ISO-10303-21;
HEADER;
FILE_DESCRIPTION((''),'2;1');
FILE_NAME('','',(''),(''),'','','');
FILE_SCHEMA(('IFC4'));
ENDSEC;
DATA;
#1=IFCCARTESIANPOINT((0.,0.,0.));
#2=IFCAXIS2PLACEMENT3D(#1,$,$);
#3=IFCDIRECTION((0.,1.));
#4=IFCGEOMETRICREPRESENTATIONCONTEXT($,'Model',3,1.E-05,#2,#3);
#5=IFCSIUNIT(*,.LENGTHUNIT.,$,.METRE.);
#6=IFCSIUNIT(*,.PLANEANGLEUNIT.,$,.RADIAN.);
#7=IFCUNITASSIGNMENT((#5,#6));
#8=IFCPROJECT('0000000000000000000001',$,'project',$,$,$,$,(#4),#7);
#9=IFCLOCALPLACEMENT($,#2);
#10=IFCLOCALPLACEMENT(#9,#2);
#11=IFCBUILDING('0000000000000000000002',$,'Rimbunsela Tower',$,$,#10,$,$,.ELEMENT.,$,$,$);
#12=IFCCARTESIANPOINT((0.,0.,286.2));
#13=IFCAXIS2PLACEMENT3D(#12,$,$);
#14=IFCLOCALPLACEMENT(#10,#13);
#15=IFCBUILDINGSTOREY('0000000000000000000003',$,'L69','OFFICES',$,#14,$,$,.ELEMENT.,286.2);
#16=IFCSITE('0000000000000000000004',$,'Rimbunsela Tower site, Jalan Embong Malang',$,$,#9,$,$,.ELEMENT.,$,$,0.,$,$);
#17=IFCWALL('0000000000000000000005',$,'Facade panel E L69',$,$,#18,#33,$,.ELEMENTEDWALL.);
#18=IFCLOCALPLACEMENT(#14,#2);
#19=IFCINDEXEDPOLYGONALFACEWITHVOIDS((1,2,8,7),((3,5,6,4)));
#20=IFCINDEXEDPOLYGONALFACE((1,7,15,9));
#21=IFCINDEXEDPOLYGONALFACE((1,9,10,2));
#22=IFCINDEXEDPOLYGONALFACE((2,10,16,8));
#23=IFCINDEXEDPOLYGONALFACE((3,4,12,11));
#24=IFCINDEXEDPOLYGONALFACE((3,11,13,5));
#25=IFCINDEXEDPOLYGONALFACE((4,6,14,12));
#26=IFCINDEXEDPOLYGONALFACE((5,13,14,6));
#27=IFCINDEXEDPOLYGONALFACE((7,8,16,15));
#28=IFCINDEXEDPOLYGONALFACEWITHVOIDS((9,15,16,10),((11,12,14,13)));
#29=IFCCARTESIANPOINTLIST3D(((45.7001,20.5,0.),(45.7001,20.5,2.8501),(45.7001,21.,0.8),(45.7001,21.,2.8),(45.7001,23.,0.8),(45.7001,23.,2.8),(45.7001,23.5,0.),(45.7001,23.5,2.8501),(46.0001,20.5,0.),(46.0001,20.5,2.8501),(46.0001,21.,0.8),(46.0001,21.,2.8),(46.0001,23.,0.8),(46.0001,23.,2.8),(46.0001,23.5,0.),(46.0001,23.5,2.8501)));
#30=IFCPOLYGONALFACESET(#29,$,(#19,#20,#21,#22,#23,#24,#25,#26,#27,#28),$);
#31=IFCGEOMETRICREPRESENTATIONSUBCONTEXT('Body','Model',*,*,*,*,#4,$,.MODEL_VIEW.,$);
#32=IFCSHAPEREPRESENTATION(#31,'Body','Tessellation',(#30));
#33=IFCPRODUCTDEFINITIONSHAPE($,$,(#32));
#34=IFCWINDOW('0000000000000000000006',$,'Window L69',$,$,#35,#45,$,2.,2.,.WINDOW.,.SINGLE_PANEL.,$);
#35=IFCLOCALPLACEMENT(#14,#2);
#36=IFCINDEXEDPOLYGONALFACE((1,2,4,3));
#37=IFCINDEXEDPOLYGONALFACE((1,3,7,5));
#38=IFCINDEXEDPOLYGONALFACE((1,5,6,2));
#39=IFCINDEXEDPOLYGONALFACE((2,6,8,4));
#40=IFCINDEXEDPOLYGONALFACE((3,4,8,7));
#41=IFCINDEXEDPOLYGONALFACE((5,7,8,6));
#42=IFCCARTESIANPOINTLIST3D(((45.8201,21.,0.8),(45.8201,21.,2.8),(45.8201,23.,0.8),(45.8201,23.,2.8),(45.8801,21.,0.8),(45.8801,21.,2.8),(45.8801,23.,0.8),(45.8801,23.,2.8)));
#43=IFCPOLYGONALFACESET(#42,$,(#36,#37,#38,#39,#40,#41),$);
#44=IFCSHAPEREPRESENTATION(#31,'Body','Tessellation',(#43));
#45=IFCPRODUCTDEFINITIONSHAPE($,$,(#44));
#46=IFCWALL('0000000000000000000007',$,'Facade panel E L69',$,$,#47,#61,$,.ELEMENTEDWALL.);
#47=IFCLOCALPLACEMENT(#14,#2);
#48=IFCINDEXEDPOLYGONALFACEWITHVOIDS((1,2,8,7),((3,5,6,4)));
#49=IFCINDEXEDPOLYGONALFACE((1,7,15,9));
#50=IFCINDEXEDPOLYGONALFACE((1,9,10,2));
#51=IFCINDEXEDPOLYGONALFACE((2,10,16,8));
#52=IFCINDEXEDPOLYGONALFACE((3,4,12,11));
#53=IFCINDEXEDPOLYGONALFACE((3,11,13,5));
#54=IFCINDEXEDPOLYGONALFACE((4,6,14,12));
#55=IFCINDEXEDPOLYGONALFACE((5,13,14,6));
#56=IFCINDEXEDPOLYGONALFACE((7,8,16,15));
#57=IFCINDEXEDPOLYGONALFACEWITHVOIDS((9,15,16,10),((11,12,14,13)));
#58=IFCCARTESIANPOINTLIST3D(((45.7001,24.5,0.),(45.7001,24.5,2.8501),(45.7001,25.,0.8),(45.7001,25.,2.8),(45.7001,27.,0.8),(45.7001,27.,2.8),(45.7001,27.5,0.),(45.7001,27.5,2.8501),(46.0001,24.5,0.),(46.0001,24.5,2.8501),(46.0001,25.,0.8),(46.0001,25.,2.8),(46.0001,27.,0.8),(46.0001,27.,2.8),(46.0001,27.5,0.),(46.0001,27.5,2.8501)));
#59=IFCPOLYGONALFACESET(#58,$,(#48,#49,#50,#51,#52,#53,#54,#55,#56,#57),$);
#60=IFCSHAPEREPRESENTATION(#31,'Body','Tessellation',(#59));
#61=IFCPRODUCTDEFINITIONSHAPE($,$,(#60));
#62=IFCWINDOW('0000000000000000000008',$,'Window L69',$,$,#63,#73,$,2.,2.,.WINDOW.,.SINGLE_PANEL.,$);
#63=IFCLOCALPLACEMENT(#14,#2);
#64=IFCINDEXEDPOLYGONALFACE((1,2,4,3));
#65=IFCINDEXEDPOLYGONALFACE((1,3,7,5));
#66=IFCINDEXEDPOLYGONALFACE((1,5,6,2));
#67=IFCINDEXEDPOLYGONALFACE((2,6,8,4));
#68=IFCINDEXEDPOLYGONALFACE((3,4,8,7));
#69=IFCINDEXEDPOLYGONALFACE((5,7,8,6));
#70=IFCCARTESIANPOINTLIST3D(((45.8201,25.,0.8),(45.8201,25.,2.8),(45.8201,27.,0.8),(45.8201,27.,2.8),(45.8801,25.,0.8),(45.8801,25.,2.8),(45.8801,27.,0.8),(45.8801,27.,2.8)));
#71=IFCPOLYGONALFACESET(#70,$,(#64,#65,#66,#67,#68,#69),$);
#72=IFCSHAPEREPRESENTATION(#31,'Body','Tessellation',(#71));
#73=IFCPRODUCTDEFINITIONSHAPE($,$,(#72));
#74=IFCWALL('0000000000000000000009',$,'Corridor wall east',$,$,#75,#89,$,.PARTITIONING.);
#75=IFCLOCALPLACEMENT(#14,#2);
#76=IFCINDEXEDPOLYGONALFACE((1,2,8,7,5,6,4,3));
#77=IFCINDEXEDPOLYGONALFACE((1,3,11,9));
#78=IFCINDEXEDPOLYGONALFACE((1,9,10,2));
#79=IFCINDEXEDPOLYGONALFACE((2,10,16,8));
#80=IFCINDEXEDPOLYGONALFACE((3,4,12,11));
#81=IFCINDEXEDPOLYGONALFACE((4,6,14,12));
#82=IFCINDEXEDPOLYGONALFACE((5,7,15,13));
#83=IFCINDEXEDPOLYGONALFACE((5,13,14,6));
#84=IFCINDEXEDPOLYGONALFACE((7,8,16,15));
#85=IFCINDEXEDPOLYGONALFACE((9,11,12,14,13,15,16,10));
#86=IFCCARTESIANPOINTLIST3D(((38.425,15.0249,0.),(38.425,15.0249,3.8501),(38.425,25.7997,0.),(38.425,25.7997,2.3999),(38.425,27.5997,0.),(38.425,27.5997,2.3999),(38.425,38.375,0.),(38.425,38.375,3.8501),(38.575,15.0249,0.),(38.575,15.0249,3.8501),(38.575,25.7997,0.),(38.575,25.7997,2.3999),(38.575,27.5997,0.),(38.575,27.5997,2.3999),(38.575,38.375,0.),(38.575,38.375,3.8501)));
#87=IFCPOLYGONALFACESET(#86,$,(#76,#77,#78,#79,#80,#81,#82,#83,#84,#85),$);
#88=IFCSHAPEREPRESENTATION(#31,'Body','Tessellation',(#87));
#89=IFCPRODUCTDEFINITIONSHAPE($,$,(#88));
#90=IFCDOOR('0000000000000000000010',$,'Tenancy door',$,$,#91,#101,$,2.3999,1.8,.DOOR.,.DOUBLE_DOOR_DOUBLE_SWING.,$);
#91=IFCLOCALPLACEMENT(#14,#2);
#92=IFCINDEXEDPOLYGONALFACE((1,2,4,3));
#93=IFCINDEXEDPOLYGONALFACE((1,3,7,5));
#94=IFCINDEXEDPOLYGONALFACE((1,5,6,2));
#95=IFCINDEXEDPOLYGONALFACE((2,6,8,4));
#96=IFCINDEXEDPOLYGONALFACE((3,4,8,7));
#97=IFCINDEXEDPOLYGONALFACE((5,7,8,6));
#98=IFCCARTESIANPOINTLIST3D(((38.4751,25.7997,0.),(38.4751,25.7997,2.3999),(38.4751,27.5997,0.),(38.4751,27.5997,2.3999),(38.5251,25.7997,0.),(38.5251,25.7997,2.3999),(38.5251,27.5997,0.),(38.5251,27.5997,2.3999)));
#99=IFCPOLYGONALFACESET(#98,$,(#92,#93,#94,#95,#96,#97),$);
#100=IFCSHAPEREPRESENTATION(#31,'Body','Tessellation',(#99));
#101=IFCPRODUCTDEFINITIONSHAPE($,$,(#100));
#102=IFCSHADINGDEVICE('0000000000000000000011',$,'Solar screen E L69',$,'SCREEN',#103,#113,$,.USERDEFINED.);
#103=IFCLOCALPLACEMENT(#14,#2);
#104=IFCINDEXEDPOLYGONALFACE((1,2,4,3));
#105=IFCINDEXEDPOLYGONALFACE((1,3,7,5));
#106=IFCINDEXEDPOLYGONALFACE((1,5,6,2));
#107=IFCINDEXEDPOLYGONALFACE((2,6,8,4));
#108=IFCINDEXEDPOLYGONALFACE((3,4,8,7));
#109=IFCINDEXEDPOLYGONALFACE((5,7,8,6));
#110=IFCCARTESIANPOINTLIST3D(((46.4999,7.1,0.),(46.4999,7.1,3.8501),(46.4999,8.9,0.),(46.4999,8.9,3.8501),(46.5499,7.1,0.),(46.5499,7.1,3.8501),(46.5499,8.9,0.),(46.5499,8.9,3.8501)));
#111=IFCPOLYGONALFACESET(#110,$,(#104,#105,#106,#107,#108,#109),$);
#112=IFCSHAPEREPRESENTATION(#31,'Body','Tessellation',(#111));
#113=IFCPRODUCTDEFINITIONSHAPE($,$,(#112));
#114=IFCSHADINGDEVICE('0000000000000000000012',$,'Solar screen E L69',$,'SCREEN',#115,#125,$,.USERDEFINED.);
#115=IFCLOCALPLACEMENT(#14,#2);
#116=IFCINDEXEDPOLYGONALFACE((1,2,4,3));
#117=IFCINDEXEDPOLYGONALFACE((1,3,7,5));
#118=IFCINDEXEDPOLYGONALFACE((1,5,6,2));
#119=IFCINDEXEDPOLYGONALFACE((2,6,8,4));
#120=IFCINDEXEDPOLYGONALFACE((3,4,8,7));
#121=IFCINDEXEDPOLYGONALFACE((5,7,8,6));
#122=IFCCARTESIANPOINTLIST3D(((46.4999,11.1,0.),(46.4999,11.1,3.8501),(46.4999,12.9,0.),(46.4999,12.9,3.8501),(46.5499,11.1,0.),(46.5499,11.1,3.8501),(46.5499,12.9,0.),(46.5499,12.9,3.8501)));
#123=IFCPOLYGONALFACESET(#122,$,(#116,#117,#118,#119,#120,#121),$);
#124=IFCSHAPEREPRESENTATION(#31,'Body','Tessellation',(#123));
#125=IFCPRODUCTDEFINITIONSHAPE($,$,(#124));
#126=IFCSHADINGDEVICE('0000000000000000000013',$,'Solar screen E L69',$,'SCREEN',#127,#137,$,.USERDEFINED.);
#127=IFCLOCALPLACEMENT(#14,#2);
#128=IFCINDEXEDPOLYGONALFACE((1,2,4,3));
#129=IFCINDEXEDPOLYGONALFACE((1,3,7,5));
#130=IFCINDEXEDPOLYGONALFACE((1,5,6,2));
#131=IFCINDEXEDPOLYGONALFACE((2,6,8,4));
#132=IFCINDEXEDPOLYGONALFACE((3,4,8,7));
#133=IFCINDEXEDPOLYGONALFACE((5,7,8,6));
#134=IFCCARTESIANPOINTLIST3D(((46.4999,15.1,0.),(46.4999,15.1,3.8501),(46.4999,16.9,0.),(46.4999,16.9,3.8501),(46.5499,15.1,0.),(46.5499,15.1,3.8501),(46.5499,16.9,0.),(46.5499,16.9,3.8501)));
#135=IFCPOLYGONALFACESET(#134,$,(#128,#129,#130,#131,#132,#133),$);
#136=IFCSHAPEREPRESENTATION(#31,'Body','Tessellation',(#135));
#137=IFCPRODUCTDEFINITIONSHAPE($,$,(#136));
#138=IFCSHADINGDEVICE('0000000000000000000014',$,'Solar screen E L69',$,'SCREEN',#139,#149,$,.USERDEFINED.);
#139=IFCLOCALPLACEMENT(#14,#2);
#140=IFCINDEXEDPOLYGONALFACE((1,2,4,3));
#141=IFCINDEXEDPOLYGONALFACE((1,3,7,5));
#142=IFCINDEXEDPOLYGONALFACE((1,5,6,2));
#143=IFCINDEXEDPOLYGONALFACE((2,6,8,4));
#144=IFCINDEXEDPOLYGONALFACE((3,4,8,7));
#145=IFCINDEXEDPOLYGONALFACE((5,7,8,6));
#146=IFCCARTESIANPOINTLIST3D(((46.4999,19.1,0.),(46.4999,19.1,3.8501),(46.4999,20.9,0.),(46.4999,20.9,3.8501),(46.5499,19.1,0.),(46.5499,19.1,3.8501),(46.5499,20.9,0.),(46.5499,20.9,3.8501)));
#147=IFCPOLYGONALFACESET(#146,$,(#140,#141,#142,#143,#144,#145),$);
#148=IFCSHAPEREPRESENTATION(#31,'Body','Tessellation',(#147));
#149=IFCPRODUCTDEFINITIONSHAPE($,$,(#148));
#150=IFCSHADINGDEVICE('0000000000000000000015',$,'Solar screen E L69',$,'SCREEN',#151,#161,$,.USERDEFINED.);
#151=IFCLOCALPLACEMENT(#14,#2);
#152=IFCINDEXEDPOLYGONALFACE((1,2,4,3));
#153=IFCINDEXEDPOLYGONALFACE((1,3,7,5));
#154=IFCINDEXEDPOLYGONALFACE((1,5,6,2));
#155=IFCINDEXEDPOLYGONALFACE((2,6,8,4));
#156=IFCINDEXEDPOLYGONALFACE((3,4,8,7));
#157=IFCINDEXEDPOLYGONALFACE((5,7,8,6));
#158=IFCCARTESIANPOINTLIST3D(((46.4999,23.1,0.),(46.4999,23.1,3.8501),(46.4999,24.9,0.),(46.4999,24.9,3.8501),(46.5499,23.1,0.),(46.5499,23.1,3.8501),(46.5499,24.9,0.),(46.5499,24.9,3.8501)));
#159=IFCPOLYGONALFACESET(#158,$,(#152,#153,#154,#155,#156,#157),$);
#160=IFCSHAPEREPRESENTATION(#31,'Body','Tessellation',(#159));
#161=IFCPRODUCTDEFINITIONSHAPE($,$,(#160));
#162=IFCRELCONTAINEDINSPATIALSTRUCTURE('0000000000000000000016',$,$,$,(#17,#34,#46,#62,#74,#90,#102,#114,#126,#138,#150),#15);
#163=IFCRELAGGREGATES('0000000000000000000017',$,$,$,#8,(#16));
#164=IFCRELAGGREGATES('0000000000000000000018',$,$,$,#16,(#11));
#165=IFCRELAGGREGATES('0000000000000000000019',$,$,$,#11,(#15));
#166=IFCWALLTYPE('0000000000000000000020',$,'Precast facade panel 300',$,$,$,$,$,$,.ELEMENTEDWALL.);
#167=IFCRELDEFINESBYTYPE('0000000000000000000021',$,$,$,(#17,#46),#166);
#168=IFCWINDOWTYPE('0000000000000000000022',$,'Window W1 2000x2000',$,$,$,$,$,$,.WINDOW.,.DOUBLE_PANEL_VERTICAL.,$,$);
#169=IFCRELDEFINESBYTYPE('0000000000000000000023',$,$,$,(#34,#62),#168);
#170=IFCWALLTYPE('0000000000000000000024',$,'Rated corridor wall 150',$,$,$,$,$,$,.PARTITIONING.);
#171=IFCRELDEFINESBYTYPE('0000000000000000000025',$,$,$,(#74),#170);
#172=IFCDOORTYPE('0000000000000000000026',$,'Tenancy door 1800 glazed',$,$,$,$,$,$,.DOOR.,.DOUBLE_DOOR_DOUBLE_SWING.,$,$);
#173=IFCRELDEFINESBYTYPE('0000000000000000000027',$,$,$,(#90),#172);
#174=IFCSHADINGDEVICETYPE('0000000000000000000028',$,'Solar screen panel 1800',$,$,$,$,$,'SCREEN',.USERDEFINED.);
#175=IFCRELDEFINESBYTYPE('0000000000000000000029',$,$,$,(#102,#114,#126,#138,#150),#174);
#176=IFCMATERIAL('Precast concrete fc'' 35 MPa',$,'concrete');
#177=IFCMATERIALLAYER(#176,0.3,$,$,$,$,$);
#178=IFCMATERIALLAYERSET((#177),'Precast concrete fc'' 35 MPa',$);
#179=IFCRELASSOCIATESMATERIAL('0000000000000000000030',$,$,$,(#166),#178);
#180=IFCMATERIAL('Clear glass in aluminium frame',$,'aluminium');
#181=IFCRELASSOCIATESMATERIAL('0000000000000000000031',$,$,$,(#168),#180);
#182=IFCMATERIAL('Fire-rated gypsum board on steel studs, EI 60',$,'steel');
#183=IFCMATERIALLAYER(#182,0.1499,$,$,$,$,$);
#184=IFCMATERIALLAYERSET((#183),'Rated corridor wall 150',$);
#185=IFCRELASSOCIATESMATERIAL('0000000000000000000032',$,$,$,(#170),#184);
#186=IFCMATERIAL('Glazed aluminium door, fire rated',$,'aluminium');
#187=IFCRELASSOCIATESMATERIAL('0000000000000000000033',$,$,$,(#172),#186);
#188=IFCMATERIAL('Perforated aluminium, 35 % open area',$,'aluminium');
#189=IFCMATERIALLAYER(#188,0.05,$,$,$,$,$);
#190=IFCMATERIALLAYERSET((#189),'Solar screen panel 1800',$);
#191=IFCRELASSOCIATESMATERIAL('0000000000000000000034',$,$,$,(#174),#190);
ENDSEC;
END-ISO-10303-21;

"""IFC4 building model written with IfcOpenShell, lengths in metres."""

from ifc_helpers import new_model, si_unit, direction, frame, frame_2d, origin, origin_2d, place, context, subcontext, project, spatial, rectangle, extrude, material, layer, layer_set, type_object, element, fill, save


model = new_model("IFC4")

# Units and contexts
model_context = context("Model", 3, precision=1e-05, world=origin(), true_north=direction((0.0, 1.0)))
body_context = subcontext(model_context, "Body", "Model", "MODEL_VIEW")
ifc_project = project(units=[si_unit("LENGTHUNIT", "METRE"), si_unit("PLANEANGLEUNIT", "RADIAN")], contexts=[model_context])

# Site, building, storey
site_placement = place(None, origin())
site = spatial("IfcSite", under=ifc_project, at=site_placement, Name="Rimbunsela Tower site, Jalan Embong Malang", CompositionType="ELEMENT", RefElevation=0.0)
building_placement = place(site_placement, origin())
building = spatial("IfcBuilding", under=site, at=building_placement, Name="Rimbunsela Tower", CompositionType="ELEMENT")
storey_placement = place(building_placement, frame((0.0, 0.0, 286.2)))
storey = spatial("IfcBuildingStorey", under=building, at=storey_placement, Name="L69", Description="OFFICES", CompositionType="ELEMENT", Elevation=286.2)

# Walls, openings, windows
ifc_material_1 = material(Name="Precast concrete fc' 35 MPa", Category="concrete")
ifc_layer_1 = layer(ifc_material_1, 0.3)
ifc_layer_set_1 = layer_set([ifc_layer_1], Name="Precast concrete fc' 35 MPa")
wall_type_1 = type_object("IfcWallType", Name="Precast facade panel 300", PredefinedType="ELEMENTEDWALL", material=ifc_layer_set_1)
ifc_material_2 = material(Name="Clear glass in aluminium frame", Category="aluminium")
window_type = type_object("IfcWindowType", Name="Window W1 2000x2000", PartitioningType="DOUBLE_PANEL_VERTICAL", PredefinedType="WINDOW", material=ifc_material_2)
wall_1_placement = place(storey_placement, frame((45.8501, 20.5, 0.0), z_axis=(0.0, 0.0, 1.0), x_axis=(0.0, 1.0, 0.0)))
wall_1 = element("IfcWall", 1, at=wall_1_placement, inside=storey, type_object=wall_type_1, Name="Facade panel E L69", PredefinedType="ELEMENTEDWALL", context=body_context, shape_type="SweptSolid", body=[
    extrude(rectangle(XDim=3.0, YDim=0.3, at=frame_2d((1.5, 0.0))), origin(), (0.0, 0.0, 1.0), 2.8501),
])
opening_1_placement = place(wall_1_placement, frame((0.5, 0.0, 0.8)))
opening_1 = element("IfcOpeningElement", 2, at=opening_1_placement, cuts=wall_1, PredefinedType="OPENING", context=body_context, shape_type="SweptSolid", body=[
    extrude(rectangle(XDim=2.0, YDim=2.0, at=frame_2d((1.0, 1.0))), frame((0.0, 0.1599, 0.0), z_axis=(0.0, -1.0, 0.0), x_axis=(1.0, 0.0, 0.0)), (0.0, 0.0, 1.0), 0.3201),
])
window_1_placement = place(opening_1_placement, origin())
window_1 = element("IfcWindow", 3, at=window_1_placement, inside=storey, type_object=window_type, Name="Window L69", OverallHeight=2.0, OverallWidth=2.0, PartitioningType="SINGLE_PANEL", PredefinedType="WINDOW", context=body_context, shape_type="SweptSolid", body=[
    extrude(rectangle(XDim=2.0, YDim=2.0, at=frame_2d((1.0, 1.0))), frame((0.0, 0.03, 0.0), z_axis=(0.0, -1.0, 0.0), x_axis=(1.0, 0.0, 0.0)), (0.0, 0.0, 1.0), 0.0601),
])
fill(opening_1, window_1)
wall_2_placement = place(storey_placement, frame((45.8501, 24.5, 0.0), z_axis=(0.0, 0.0, 1.0), x_axis=(0.0, 1.0, 0.0)))
wall_2 = element("IfcWall", 4, at=wall_2_placement, inside=storey, type_object=wall_type_1, Name="Facade panel E L69", PredefinedType="ELEMENTEDWALL", context=body_context, shape_type="SweptSolid", body=[
    extrude(rectangle(XDim=3.0, YDim=0.3, at=frame_2d((1.5, 0.0))), origin(), (0.0, 0.0, 1.0), 2.8501),
])
opening_2_placement = place(wall_2_placement, frame((0.5, 0.0, 0.8)))
opening_2 = element("IfcOpeningElement", 5, at=opening_2_placement, cuts=wall_2, PredefinedType="OPENING", context=body_context, shape_type="SweptSolid", body=[
    extrude(rectangle(XDim=2.0, YDim=2.0, at=frame_2d((1.0, 1.0))), frame((0.0, 0.1599, 0.0), z_axis=(0.0, -1.0, 0.0), x_axis=(1.0, 0.0, 0.0)), (0.0, 0.0, 1.0), 0.3201),
])
window_2_placement = place(opening_2_placement, origin())
window_2 = element("IfcWindow", 6, at=window_2_placement, inside=storey, type_object=window_type, Name="Window L69", OverallHeight=2.0, OverallWidth=2.0, PartitioningType="SINGLE_PANEL", PredefinedType="WINDOW", context=body_context, shape_type="SweptSolid", body=[
    extrude(rectangle(XDim=2.0, YDim=2.0, at=frame_2d((1.0, 1.0))), frame((0.0, 0.03, 0.0), z_axis=(0.0, -1.0, 0.0), x_axis=(1.0, 0.0, 0.0)), (0.0, 0.0, 1.0), 0.0601),
])
fill(opening_2, window_2)

# Wall, opening, door
ifc_material_3 = material(Name="Fire-rated gypsum board on steel studs, EI 60", Category="steel")
ifc_layer_2 = layer(ifc_material_3, 0.1499)
ifc_layer_set_2 = layer_set([ifc_layer_2], Name="Rated corridor wall 150")
wall_type_2 = type_object("IfcWallType", Name="Rated corridor wall 150", PredefinedType="PARTITIONING", material=ifc_layer_set_2)
wall_3_placement = place(storey_placement, frame((38.5, 15.0249, 0.0), z_axis=(0.0, 0.0, 1.0), x_axis=(0.0, 1.0, 0.0)))
wall_3 = element("IfcWall", 7, at=wall_3_placement, inside=storey, type_object=wall_type_2, Name="Corridor wall east", PredefinedType="PARTITIONING", context=body_context, shape_type="SweptSolid", body=[
    extrude(rectangle(XDim=23.3501, YDim=0.1499, at=frame_2d((11.675, 0.0))), origin(), (0.0, 0.0, 1.0), 3.8501),
])
opening_3_placement = place(wall_3_placement, frame((10.7749, 0.0, 0.0)))
opening_3 = element("IfcOpeningElement", 8, at=opening_3_placement, cuts=wall_3, PredefinedType="OPENING", context=body_context, shape_type="SweptSolid", body=[
    extrude(rectangle(XDim=1.8, YDim=2.3999, at=frame_2d((0.8999, 1.2))), frame((0.0, 0.085, 0.0), z_axis=(0.0, -1.0, 0.0), x_axis=(1.0, 0.0, 0.0)), (0.0, 0.0, 1.0), 0.1699),
])
ifc_material_4 = material(Name="Glazed aluminium door, fire rated", Category="aluminium")
door_type_1 = type_object("IfcDoorType", Name="Tenancy door 1800 glazed", OperationType="DOUBLE_DOOR_DOUBLE_SWING", PredefinedType="DOOR", material=ifc_material_4)
door_1_placement = place(opening_3_placement, origin())
door_1 = element("IfcDoor", 9, at=door_1_placement, inside=storey, type_object=door_type_1, Name="Tenancy door", OperationType="DOUBLE_DOOR_DOUBLE_SWING", OverallHeight=2.3999, OverallWidth=1.8, PredefinedType="DOOR", context=body_context, shape_type="SweptSolid", body=[
    extrude(rectangle(XDim=1.8, YDim=2.3999, at=frame_2d((0.8999, 1.2))), frame((0.0, 0.0249, 0.0), z_axis=(0.0, -1.0, 0.0), x_axis=(1.0, 0.0, 0.0)), (0.0, 0.0, 1.0), 0.05),
])
fill(opening_3, door_1)

# Shading devices
ifc_material_5 = material(Name="Perforated aluminium, 35 % open area", Category="aluminium")
ifc_layer_3 = layer(ifc_material_5, 0.05)
ifc_layer_set_3 = layer_set([ifc_layer_3], Name="Solar screen panel 1800")
shading_device_type = type_object("IfcShadingDeviceType", Name="Solar screen panel 1800", ElementType="SCREEN", PredefinedType="USERDEFINED", material=ifc_layer_set_3)
for number, where, z_axis, x_axis, name in (
    (10, (46.5249, 8.0, 0.0), (0.0, 0.0, 1.0), (0.0, 1.0, 0.0), "Solar screen E L69"),
    (11, (46.5249, 12.0, 0.0), (0.0, 0.0, 1.0), (0.0, 1.0, 0.0), "Solar screen E L69"),
    (12, (46.5249, 16.0, 0.0), (0.0, 0.0, 1.0), (0.0, 1.0, 0.0), "Solar screen E L69"),
    (13, (46.5249, 20.0, 0.0), (0.0, 0.0, 1.0), (0.0, 1.0, 0.0), "Solar screen E L69"),
    (14, (46.5249, 24.0, 0.0), (0.0, 0.0, 1.0), (0.0, 1.0, 0.0), "Solar screen E L69"),
):
    element("IfcShadingDevice", number, at=place(storey_placement, frame(where, z_axis=z_axis, x_axis=x_axis)), inside=storey, type_object=shading_device_type, Name=name, ObjectType="SCREEN", PredefinedType="USERDEFINED", context=body_context, shape_type="SweptSolid", body=[
        extrude(rectangle(XDim=1.8, YDim=0.05, at=origin_2d()), origin(), (0.0, 0.0, 1.0), 3.8501),
    ])

save(model, "model.ifc")
